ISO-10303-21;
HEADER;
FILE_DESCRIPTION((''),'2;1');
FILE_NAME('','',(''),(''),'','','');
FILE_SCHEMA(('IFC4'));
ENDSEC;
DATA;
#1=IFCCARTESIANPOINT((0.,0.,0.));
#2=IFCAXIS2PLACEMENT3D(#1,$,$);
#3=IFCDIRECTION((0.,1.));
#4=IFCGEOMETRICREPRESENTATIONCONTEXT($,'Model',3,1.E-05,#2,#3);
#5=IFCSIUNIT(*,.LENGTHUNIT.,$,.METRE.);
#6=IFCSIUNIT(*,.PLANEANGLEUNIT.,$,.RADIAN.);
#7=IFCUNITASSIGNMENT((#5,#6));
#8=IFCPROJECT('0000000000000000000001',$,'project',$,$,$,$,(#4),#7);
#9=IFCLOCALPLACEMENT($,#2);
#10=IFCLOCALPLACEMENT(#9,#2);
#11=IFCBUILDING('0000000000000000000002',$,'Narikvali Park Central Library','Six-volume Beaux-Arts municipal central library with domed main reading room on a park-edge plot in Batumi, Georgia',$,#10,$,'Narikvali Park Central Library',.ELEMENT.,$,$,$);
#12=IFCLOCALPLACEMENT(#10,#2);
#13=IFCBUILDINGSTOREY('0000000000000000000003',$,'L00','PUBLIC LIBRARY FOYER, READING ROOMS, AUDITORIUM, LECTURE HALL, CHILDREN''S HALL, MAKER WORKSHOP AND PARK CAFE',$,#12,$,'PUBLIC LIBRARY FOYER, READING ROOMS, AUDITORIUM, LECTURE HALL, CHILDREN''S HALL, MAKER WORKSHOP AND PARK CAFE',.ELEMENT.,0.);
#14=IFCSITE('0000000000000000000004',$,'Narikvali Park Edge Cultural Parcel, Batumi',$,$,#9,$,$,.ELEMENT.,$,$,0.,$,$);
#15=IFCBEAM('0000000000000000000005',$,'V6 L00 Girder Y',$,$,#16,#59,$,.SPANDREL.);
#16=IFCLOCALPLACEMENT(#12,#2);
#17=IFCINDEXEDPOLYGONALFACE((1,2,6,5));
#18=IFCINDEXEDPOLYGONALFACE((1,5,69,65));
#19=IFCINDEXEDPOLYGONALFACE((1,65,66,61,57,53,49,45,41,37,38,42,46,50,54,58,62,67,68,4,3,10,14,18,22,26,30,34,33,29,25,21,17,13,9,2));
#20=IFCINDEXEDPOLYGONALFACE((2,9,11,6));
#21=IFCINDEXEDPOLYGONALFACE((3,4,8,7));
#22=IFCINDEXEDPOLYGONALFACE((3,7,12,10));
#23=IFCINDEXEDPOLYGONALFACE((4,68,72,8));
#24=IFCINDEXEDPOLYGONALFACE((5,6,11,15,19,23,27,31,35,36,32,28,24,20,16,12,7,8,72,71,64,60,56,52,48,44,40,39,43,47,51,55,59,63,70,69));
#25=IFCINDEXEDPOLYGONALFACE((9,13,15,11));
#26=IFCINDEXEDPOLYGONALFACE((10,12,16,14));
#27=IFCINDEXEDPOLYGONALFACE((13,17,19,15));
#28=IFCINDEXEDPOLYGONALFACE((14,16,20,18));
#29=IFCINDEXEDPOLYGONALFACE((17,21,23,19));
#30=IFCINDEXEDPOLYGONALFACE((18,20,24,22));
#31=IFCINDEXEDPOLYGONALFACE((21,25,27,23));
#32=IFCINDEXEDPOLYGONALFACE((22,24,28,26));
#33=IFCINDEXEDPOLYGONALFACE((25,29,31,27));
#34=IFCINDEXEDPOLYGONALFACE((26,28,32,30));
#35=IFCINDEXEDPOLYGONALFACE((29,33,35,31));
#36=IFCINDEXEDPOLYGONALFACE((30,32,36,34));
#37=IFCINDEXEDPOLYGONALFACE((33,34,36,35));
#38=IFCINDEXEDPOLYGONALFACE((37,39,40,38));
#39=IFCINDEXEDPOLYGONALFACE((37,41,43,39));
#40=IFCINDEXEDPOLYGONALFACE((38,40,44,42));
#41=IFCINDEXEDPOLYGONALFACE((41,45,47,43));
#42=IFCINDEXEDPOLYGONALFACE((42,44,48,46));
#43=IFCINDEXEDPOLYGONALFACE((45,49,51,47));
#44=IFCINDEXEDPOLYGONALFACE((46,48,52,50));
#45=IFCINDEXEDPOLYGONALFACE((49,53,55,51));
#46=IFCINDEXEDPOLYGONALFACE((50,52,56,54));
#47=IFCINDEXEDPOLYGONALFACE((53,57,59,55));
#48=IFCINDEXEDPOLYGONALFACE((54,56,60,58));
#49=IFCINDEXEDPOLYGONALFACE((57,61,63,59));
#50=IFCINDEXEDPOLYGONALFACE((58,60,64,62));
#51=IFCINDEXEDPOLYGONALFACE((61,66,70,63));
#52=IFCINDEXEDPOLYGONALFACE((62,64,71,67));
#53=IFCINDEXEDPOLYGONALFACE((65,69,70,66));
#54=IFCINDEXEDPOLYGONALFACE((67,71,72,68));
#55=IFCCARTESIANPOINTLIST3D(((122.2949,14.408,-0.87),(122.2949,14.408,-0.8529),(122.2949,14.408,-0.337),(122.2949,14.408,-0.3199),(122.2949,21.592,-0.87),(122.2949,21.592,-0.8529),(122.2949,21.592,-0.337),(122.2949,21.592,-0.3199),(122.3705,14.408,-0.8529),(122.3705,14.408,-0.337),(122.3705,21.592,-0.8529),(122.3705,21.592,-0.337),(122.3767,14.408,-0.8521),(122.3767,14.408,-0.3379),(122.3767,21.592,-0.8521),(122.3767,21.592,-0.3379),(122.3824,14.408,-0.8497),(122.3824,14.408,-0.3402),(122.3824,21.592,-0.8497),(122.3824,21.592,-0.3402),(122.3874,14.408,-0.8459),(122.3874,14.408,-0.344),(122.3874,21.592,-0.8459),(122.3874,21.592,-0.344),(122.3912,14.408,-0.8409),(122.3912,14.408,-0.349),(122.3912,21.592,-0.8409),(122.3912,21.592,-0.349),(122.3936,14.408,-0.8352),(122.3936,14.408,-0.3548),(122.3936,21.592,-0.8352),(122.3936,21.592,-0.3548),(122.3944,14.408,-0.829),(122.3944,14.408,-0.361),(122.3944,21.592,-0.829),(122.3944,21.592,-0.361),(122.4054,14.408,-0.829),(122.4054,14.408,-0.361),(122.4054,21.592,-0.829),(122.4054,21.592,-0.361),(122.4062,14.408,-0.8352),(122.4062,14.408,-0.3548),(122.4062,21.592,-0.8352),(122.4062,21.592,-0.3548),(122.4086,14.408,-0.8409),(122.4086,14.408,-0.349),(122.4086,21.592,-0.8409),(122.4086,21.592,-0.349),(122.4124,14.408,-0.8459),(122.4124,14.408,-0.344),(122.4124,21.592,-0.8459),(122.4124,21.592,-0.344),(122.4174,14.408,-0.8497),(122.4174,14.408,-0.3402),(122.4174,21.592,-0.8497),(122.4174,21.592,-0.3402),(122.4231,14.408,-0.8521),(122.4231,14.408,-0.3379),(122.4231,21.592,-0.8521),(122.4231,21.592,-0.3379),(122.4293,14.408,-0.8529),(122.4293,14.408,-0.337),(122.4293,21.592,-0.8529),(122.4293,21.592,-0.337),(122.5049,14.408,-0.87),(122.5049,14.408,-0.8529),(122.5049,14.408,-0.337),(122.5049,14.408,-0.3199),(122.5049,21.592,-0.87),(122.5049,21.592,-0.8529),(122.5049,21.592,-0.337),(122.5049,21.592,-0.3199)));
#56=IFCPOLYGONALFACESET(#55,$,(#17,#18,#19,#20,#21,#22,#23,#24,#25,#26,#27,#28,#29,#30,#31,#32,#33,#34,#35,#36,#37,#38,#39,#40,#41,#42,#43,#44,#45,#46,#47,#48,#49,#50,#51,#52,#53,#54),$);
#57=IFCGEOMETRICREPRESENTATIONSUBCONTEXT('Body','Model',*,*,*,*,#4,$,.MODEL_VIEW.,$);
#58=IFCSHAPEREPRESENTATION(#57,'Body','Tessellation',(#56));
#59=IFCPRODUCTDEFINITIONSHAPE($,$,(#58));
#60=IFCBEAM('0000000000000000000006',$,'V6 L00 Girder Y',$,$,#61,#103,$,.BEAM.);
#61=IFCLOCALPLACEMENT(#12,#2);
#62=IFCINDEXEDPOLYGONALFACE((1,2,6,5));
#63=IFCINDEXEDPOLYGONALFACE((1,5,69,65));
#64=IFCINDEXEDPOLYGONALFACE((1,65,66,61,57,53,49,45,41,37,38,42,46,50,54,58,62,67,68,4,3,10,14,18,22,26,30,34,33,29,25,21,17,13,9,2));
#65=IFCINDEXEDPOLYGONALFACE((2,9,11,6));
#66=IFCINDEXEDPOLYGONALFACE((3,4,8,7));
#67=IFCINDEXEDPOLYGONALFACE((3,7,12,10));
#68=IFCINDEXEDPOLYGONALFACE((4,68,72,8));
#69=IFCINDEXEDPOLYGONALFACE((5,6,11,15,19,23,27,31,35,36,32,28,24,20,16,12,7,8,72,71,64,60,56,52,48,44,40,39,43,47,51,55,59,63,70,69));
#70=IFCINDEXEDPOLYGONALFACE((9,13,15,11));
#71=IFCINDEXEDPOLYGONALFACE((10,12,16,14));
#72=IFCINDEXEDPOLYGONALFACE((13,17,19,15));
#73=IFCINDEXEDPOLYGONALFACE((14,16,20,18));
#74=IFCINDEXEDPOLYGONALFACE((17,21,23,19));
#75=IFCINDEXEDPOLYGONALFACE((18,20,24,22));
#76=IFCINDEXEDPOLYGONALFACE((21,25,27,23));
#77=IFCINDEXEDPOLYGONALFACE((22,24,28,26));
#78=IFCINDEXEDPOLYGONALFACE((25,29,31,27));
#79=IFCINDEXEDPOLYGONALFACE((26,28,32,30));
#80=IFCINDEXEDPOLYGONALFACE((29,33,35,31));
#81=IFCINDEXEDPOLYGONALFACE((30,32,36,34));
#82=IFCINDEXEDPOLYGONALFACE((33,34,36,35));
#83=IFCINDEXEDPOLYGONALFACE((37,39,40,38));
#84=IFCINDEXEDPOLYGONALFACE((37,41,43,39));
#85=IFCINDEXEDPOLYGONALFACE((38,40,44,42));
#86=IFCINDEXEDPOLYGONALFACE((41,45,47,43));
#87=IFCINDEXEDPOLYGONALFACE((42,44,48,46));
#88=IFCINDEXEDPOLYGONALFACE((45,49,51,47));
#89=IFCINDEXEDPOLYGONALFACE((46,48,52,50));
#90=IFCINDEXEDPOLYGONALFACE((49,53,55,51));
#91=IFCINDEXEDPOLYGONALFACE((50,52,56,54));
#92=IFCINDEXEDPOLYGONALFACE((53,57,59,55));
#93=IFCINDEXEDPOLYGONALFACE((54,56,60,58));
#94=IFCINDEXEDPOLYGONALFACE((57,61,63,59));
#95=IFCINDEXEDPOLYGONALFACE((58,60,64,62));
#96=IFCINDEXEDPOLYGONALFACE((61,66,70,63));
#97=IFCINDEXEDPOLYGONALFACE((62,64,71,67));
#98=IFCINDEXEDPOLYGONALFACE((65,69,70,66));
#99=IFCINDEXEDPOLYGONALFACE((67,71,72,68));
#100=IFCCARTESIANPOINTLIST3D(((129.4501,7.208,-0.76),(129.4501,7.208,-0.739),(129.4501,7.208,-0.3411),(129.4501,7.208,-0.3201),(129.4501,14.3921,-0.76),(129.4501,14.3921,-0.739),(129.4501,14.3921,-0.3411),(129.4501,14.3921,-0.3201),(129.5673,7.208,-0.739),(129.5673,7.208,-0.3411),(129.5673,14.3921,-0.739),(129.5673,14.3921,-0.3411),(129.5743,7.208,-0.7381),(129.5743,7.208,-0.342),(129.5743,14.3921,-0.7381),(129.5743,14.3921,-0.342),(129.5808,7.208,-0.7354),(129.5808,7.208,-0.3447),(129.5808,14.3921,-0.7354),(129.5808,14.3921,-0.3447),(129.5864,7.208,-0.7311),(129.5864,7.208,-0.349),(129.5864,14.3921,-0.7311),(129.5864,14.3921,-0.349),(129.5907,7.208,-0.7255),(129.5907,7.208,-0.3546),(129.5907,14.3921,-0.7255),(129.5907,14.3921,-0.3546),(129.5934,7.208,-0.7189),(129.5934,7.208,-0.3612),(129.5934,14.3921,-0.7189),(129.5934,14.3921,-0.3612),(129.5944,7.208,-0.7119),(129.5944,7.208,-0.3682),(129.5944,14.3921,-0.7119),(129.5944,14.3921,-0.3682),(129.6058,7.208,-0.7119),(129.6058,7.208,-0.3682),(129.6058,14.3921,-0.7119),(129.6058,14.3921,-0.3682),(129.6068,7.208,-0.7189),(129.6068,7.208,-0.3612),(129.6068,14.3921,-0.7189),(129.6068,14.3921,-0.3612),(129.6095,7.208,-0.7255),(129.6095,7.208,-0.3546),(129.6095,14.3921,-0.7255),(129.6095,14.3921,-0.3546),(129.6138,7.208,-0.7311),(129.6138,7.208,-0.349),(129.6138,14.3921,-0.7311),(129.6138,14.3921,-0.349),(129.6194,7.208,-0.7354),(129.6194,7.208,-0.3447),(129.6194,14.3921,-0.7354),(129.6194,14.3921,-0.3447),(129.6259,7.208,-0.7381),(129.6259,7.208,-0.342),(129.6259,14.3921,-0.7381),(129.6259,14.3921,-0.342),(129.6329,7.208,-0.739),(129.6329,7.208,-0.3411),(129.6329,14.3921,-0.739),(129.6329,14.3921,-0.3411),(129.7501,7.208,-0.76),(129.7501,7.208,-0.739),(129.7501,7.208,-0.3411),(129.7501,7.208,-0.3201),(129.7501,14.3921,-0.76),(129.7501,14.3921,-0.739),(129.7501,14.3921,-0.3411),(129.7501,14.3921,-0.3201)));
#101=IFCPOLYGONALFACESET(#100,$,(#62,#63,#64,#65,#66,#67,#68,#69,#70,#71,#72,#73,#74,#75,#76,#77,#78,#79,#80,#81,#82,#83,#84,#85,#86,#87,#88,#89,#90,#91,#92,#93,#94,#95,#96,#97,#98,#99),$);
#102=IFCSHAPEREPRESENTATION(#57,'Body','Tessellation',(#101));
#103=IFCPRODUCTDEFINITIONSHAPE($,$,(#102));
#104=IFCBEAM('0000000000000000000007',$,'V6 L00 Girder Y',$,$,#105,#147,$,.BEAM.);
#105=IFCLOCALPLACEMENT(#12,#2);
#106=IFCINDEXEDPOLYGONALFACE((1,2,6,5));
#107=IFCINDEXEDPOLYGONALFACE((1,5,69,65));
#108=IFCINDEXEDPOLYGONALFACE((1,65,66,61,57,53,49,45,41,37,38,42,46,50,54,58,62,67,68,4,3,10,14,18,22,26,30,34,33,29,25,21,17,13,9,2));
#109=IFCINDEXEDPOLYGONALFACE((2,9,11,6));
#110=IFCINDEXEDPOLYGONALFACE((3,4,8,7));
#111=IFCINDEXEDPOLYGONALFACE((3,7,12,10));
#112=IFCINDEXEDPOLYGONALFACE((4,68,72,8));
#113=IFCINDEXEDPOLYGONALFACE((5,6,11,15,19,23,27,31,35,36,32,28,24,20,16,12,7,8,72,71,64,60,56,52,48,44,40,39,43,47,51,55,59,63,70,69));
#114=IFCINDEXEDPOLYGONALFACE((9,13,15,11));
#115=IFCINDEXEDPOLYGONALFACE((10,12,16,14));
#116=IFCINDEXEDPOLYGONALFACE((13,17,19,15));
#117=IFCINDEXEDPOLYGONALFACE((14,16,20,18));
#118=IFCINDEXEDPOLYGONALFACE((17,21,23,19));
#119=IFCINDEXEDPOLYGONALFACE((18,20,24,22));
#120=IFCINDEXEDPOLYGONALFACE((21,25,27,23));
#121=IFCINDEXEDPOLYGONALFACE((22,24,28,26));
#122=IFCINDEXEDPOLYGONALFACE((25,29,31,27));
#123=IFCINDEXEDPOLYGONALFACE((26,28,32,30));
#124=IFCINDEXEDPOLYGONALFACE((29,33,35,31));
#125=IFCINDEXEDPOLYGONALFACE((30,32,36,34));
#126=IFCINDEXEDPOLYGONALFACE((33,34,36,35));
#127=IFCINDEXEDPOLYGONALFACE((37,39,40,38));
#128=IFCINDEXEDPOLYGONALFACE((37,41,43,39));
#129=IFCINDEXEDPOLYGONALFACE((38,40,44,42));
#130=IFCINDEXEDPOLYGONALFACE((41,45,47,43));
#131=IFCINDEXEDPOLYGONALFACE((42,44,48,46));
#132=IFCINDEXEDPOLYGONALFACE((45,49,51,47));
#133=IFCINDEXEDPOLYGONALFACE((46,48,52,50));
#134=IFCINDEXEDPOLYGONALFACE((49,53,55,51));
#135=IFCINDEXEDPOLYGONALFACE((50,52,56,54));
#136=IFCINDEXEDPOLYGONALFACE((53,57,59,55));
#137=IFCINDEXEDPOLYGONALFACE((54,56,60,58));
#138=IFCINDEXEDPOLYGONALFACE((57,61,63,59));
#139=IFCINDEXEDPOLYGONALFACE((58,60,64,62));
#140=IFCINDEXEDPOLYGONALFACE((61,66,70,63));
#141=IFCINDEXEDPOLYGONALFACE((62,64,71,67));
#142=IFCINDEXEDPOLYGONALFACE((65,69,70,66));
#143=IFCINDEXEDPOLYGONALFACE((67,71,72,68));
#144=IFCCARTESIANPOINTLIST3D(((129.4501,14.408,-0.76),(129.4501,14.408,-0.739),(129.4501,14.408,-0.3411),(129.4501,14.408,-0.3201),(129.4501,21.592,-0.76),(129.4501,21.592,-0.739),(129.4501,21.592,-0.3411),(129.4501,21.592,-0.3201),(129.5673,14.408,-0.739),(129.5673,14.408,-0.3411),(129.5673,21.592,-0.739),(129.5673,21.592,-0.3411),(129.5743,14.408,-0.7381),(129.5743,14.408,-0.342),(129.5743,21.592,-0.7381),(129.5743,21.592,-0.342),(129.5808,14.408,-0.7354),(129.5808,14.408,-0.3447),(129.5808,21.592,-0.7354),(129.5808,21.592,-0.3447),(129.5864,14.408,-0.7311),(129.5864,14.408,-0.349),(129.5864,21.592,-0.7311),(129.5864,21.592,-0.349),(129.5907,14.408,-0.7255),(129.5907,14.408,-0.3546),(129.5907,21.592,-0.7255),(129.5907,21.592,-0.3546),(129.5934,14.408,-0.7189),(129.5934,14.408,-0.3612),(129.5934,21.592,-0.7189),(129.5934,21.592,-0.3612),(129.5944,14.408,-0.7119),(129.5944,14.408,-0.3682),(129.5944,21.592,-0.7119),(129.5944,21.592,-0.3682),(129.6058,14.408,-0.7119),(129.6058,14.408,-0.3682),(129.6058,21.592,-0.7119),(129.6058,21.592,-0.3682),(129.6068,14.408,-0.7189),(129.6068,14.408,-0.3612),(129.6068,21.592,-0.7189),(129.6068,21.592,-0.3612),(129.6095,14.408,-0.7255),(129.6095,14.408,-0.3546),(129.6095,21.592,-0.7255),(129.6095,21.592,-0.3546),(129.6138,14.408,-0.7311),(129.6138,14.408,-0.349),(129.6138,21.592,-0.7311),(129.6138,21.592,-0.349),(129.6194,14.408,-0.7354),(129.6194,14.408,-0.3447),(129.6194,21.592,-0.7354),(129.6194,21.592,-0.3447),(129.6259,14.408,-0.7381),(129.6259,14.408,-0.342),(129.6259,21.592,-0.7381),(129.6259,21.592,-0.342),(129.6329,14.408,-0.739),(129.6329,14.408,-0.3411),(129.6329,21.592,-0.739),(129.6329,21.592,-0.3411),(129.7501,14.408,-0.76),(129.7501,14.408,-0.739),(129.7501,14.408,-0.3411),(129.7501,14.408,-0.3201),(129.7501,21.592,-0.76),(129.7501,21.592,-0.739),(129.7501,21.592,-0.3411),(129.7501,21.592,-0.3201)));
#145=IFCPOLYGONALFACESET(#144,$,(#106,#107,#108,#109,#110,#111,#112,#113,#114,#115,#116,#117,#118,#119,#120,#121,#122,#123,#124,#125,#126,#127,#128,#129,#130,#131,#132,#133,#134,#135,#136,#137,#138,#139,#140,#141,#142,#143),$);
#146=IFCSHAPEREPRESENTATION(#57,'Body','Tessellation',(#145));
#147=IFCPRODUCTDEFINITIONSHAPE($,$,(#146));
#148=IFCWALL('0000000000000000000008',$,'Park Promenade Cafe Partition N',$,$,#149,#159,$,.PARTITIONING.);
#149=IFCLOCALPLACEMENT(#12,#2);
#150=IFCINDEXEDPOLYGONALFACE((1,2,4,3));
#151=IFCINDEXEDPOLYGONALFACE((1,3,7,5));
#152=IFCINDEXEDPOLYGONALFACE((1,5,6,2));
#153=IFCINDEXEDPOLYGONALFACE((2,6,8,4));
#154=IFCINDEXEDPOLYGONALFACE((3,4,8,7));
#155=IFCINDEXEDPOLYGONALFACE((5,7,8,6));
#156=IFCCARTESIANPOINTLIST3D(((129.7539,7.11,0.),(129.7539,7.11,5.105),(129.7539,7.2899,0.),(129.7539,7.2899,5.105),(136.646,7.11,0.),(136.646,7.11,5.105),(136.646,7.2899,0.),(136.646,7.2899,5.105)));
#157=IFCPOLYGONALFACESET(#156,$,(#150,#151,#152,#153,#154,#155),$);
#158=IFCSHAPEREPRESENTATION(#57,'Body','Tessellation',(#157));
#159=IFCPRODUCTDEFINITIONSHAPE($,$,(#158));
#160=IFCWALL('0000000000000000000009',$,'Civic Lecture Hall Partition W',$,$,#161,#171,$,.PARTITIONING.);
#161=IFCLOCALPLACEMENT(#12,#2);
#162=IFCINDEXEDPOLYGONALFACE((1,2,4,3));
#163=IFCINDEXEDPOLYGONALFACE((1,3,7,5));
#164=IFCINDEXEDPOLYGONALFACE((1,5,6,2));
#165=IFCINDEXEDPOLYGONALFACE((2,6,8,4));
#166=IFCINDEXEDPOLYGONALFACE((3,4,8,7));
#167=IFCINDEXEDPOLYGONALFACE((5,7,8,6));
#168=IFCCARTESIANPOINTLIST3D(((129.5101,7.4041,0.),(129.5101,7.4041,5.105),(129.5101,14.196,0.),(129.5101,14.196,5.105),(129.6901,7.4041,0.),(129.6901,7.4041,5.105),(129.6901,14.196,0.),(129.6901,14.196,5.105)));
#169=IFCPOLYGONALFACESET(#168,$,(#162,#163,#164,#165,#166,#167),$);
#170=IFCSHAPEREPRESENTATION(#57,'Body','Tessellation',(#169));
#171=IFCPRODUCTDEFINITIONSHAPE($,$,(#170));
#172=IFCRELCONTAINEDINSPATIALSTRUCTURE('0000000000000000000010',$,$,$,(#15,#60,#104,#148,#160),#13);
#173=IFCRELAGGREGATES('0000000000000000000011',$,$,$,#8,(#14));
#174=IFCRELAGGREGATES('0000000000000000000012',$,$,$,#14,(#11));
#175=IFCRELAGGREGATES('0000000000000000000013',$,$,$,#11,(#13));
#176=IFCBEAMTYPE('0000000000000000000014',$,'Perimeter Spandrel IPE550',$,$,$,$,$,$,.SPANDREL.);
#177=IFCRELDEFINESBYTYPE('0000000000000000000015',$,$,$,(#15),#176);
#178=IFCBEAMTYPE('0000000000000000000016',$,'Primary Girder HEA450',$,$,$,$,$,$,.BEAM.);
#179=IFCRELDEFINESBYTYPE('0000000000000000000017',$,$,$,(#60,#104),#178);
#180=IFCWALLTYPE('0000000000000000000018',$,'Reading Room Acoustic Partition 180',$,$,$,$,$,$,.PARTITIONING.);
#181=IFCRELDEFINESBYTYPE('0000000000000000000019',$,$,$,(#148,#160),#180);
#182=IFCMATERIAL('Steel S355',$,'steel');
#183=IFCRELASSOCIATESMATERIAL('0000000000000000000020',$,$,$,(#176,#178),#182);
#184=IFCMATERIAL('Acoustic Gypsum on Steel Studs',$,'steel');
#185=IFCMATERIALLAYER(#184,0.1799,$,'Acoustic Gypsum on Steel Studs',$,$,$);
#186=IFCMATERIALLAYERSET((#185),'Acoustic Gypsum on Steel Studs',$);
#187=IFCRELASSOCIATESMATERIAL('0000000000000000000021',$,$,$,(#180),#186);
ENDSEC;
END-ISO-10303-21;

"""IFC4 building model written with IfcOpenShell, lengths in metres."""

from ifc_helpers import new_model, si_unit, direction, frame, frame_2d, origin, origin_2d, place, context, subcontext, project, spatial, rectangle, i_section, extrude, material, layer, layer_set, material_profile, profile_set, type_object, element, save


model = new_model("IFC4")

# Units and contexts
model_context = context("Model", 3, precision=1e-05, world=origin(), true_north=direction((0.0, 1.0)))
body_context = subcontext(model_context, "Body", "Model", "MODEL_VIEW")
ifc_project = project(units=[si_unit("LENGTHUNIT", "METRE"), si_unit("PLANEANGLEUNIT", "RADIAN")], contexts=[model_context])

# Site, building, storey
site_placement = place(None, origin())
site = spatial("IfcSite", under=ifc_project, at=site_placement, Name="Narikvali Park Edge Cultural Parcel, Batumi", CompositionType="ELEMENT", RefElevation=0.0)
building_placement = place(site_placement, origin())
building = spatial("IfcBuilding", under=site, at=building_placement, Name="Narikvali Park Central Library", Description="Six-volume Beaux-Arts municipal central library with domed main reading room on a park-edge plot in Batumi, Georgia", LongName="Narikvali Park Central Library", CompositionType="ELEMENT")
storey_placement = place(building_placement, origin())
storey = spatial("IfcBuildingStorey", under=building, at=storey_placement, Name="L00", Description="PUBLIC LIBRARY FOYER, READING ROOMS, AUDITORIUM, LECTURE HALL, CHILDREN'S HALL, MAKER WORKSHOP AND PARK CAFE", LongName="PUBLIC LIBRARY FOYER, READING ROOMS, AUDITORIUM, LECTURE HALL, CHILDREN'S HALL, MAKER WORKSHOP AND PARK CAFE", CompositionType="ELEMENT", Elevation=0.0)

# Shared definitions
ifc_material_1 = material(Name="Steel S355", Category="steel")

# Beams
ifc_material_profile_1 = material_profile(ifc_material_1, i_section(OverallWidth=0.21, OverallDepth=0.55, WebThickness=0.011, FlangeThickness=0.0171, FilletRadius=0.0239, at=origin_2d()), Name="IPE 550")
ifc_profile_set_1 = profile_set([ifc_material_profile_1], Name="Steel S355")
beam_type_1 = type_object("IfcBeamType", Name="Perimeter Spandrel IPE550", PredefinedType="SPANDREL", material=ifc_profile_set_1)
for number, where, z_axis, x_axis, name in (
    (1, (122.3999, 14.408, -0.595), (0.0, 1.0, 0.0), (-1.0, 0.0, 0.0), "V6 L00 Girder Y"),
):
    element("IfcBeam", number, at=place(storey_placement, frame(where, z_axis=z_axis, x_axis=x_axis)), inside=storey, type_object=beam_type_1, Name=name, PredefinedType="SPANDREL", context=body_context, shape_type="SweptSolid", body=[
        extrude(i_section(OverallWidth=0.21, OverallDepth=0.55, WebThickness=0.011, FlangeThickness=0.0171, FilletRadius=0.0239, at=origin_2d()), origin(), (0.0, 0.0, 1.0), 7.1841),
    ])
ifc_material_profile_2 = material_profile(ifc_material_1, i_section(OverallWidth=0.3, OverallDepth=0.4399, WebThickness=0.0115, FlangeThickness=0.021, FilletRadius=0.0271, at=origin_2d()), Name="HEA 450")
ifc_profile_set_2 = profile_set([ifc_material_profile_2], Name="Steel S355")
beam_type_2 = type_object("IfcBeamType", Name="Primary Girder HEA450", PredefinedType="BEAM", material=ifc_profile_set_2)
for number, where, z_axis, x_axis, name in (
    (2, (129.6001, 7.208, -0.54), (0.0, 1.0, 0.0), (-1.0, 0.0, 0.0), "V6 L00 Girder Y"),
    (3, (129.6001, 14.408, -0.54), (0.0, 1.0, 0.0), (-1.0, 0.0, 0.0), "V6 L00 Girder Y"),
):
    element("IfcBeam", number, at=place(storey_placement, frame(where, z_axis=z_axis, x_axis=x_axis)), inside=storey, type_object=beam_type_2, Name=name, PredefinedType="BEAM", context=body_context, shape_type="SweptSolid", body=[
        extrude(i_section(OverallWidth=0.3, OverallDepth=0.4399, WebThickness=0.0115, FlangeThickness=0.021, FilletRadius=0.0271, at=origin_2d()), origin(), (0.0, 0.0, 1.0), 7.1841),
    ])

# Walls
ifc_material_2 = material(Name="Acoustic Gypsum on Steel Studs", Category="steel")
ifc_layer_1 = layer(ifc_material_2, 0.1799, Name="Acoustic Gypsum on Steel Studs")
ifc_layer_set_1 = layer_set([ifc_layer_1], Name="Acoustic Gypsum on Steel Studs")
wall_type_1 = type_object("IfcWallType", Name="Reading Room Acoustic Partition 180", PredefinedType="PARTITIONING", material=ifc_layer_set_1)
wall_1_placement = place(storey_placement, frame((129.7539, 7.2, 0.0), z_axis=(0.0, 0.0, 1.0), x_axis=(1.0, 0.0, 0.0)))
element("IfcWall", 4, at=wall_1_placement, inside=storey, type_object=wall_type_1, Name="Park Promenade Cafe Partition N", PredefinedType="PARTITIONING", context=body_context, shape_type="SweptSolid", body=[
    extrude(rectangle(XDim=6.8921, YDim=0.1799, at=frame_2d((3.446, 0.0))), origin(), (0.0, 0.0, 1.0), 5.105),
])
wall_2_placement = place(storey_placement, frame((129.6001, 7.4041, 0.0), z_axis=(0.0, 0.0, 1.0), x_axis=(0.0, 1.0, 0.0)))
element("IfcWall", 5, at=wall_2_placement, inside=storey, type_object=wall_type_1, Name="Civic Lecture Hall Partition W", PredefinedType="PARTITIONING", context=body_context, shape_type="SweptSolid", body=[
    extrude(rectangle(XDim=6.792, YDim=0.1799, at=frame_2d((3.396, 0.0))), origin(), (0.0, 0.0, 1.0), 5.105),
])

save(model, "model.ifc")
